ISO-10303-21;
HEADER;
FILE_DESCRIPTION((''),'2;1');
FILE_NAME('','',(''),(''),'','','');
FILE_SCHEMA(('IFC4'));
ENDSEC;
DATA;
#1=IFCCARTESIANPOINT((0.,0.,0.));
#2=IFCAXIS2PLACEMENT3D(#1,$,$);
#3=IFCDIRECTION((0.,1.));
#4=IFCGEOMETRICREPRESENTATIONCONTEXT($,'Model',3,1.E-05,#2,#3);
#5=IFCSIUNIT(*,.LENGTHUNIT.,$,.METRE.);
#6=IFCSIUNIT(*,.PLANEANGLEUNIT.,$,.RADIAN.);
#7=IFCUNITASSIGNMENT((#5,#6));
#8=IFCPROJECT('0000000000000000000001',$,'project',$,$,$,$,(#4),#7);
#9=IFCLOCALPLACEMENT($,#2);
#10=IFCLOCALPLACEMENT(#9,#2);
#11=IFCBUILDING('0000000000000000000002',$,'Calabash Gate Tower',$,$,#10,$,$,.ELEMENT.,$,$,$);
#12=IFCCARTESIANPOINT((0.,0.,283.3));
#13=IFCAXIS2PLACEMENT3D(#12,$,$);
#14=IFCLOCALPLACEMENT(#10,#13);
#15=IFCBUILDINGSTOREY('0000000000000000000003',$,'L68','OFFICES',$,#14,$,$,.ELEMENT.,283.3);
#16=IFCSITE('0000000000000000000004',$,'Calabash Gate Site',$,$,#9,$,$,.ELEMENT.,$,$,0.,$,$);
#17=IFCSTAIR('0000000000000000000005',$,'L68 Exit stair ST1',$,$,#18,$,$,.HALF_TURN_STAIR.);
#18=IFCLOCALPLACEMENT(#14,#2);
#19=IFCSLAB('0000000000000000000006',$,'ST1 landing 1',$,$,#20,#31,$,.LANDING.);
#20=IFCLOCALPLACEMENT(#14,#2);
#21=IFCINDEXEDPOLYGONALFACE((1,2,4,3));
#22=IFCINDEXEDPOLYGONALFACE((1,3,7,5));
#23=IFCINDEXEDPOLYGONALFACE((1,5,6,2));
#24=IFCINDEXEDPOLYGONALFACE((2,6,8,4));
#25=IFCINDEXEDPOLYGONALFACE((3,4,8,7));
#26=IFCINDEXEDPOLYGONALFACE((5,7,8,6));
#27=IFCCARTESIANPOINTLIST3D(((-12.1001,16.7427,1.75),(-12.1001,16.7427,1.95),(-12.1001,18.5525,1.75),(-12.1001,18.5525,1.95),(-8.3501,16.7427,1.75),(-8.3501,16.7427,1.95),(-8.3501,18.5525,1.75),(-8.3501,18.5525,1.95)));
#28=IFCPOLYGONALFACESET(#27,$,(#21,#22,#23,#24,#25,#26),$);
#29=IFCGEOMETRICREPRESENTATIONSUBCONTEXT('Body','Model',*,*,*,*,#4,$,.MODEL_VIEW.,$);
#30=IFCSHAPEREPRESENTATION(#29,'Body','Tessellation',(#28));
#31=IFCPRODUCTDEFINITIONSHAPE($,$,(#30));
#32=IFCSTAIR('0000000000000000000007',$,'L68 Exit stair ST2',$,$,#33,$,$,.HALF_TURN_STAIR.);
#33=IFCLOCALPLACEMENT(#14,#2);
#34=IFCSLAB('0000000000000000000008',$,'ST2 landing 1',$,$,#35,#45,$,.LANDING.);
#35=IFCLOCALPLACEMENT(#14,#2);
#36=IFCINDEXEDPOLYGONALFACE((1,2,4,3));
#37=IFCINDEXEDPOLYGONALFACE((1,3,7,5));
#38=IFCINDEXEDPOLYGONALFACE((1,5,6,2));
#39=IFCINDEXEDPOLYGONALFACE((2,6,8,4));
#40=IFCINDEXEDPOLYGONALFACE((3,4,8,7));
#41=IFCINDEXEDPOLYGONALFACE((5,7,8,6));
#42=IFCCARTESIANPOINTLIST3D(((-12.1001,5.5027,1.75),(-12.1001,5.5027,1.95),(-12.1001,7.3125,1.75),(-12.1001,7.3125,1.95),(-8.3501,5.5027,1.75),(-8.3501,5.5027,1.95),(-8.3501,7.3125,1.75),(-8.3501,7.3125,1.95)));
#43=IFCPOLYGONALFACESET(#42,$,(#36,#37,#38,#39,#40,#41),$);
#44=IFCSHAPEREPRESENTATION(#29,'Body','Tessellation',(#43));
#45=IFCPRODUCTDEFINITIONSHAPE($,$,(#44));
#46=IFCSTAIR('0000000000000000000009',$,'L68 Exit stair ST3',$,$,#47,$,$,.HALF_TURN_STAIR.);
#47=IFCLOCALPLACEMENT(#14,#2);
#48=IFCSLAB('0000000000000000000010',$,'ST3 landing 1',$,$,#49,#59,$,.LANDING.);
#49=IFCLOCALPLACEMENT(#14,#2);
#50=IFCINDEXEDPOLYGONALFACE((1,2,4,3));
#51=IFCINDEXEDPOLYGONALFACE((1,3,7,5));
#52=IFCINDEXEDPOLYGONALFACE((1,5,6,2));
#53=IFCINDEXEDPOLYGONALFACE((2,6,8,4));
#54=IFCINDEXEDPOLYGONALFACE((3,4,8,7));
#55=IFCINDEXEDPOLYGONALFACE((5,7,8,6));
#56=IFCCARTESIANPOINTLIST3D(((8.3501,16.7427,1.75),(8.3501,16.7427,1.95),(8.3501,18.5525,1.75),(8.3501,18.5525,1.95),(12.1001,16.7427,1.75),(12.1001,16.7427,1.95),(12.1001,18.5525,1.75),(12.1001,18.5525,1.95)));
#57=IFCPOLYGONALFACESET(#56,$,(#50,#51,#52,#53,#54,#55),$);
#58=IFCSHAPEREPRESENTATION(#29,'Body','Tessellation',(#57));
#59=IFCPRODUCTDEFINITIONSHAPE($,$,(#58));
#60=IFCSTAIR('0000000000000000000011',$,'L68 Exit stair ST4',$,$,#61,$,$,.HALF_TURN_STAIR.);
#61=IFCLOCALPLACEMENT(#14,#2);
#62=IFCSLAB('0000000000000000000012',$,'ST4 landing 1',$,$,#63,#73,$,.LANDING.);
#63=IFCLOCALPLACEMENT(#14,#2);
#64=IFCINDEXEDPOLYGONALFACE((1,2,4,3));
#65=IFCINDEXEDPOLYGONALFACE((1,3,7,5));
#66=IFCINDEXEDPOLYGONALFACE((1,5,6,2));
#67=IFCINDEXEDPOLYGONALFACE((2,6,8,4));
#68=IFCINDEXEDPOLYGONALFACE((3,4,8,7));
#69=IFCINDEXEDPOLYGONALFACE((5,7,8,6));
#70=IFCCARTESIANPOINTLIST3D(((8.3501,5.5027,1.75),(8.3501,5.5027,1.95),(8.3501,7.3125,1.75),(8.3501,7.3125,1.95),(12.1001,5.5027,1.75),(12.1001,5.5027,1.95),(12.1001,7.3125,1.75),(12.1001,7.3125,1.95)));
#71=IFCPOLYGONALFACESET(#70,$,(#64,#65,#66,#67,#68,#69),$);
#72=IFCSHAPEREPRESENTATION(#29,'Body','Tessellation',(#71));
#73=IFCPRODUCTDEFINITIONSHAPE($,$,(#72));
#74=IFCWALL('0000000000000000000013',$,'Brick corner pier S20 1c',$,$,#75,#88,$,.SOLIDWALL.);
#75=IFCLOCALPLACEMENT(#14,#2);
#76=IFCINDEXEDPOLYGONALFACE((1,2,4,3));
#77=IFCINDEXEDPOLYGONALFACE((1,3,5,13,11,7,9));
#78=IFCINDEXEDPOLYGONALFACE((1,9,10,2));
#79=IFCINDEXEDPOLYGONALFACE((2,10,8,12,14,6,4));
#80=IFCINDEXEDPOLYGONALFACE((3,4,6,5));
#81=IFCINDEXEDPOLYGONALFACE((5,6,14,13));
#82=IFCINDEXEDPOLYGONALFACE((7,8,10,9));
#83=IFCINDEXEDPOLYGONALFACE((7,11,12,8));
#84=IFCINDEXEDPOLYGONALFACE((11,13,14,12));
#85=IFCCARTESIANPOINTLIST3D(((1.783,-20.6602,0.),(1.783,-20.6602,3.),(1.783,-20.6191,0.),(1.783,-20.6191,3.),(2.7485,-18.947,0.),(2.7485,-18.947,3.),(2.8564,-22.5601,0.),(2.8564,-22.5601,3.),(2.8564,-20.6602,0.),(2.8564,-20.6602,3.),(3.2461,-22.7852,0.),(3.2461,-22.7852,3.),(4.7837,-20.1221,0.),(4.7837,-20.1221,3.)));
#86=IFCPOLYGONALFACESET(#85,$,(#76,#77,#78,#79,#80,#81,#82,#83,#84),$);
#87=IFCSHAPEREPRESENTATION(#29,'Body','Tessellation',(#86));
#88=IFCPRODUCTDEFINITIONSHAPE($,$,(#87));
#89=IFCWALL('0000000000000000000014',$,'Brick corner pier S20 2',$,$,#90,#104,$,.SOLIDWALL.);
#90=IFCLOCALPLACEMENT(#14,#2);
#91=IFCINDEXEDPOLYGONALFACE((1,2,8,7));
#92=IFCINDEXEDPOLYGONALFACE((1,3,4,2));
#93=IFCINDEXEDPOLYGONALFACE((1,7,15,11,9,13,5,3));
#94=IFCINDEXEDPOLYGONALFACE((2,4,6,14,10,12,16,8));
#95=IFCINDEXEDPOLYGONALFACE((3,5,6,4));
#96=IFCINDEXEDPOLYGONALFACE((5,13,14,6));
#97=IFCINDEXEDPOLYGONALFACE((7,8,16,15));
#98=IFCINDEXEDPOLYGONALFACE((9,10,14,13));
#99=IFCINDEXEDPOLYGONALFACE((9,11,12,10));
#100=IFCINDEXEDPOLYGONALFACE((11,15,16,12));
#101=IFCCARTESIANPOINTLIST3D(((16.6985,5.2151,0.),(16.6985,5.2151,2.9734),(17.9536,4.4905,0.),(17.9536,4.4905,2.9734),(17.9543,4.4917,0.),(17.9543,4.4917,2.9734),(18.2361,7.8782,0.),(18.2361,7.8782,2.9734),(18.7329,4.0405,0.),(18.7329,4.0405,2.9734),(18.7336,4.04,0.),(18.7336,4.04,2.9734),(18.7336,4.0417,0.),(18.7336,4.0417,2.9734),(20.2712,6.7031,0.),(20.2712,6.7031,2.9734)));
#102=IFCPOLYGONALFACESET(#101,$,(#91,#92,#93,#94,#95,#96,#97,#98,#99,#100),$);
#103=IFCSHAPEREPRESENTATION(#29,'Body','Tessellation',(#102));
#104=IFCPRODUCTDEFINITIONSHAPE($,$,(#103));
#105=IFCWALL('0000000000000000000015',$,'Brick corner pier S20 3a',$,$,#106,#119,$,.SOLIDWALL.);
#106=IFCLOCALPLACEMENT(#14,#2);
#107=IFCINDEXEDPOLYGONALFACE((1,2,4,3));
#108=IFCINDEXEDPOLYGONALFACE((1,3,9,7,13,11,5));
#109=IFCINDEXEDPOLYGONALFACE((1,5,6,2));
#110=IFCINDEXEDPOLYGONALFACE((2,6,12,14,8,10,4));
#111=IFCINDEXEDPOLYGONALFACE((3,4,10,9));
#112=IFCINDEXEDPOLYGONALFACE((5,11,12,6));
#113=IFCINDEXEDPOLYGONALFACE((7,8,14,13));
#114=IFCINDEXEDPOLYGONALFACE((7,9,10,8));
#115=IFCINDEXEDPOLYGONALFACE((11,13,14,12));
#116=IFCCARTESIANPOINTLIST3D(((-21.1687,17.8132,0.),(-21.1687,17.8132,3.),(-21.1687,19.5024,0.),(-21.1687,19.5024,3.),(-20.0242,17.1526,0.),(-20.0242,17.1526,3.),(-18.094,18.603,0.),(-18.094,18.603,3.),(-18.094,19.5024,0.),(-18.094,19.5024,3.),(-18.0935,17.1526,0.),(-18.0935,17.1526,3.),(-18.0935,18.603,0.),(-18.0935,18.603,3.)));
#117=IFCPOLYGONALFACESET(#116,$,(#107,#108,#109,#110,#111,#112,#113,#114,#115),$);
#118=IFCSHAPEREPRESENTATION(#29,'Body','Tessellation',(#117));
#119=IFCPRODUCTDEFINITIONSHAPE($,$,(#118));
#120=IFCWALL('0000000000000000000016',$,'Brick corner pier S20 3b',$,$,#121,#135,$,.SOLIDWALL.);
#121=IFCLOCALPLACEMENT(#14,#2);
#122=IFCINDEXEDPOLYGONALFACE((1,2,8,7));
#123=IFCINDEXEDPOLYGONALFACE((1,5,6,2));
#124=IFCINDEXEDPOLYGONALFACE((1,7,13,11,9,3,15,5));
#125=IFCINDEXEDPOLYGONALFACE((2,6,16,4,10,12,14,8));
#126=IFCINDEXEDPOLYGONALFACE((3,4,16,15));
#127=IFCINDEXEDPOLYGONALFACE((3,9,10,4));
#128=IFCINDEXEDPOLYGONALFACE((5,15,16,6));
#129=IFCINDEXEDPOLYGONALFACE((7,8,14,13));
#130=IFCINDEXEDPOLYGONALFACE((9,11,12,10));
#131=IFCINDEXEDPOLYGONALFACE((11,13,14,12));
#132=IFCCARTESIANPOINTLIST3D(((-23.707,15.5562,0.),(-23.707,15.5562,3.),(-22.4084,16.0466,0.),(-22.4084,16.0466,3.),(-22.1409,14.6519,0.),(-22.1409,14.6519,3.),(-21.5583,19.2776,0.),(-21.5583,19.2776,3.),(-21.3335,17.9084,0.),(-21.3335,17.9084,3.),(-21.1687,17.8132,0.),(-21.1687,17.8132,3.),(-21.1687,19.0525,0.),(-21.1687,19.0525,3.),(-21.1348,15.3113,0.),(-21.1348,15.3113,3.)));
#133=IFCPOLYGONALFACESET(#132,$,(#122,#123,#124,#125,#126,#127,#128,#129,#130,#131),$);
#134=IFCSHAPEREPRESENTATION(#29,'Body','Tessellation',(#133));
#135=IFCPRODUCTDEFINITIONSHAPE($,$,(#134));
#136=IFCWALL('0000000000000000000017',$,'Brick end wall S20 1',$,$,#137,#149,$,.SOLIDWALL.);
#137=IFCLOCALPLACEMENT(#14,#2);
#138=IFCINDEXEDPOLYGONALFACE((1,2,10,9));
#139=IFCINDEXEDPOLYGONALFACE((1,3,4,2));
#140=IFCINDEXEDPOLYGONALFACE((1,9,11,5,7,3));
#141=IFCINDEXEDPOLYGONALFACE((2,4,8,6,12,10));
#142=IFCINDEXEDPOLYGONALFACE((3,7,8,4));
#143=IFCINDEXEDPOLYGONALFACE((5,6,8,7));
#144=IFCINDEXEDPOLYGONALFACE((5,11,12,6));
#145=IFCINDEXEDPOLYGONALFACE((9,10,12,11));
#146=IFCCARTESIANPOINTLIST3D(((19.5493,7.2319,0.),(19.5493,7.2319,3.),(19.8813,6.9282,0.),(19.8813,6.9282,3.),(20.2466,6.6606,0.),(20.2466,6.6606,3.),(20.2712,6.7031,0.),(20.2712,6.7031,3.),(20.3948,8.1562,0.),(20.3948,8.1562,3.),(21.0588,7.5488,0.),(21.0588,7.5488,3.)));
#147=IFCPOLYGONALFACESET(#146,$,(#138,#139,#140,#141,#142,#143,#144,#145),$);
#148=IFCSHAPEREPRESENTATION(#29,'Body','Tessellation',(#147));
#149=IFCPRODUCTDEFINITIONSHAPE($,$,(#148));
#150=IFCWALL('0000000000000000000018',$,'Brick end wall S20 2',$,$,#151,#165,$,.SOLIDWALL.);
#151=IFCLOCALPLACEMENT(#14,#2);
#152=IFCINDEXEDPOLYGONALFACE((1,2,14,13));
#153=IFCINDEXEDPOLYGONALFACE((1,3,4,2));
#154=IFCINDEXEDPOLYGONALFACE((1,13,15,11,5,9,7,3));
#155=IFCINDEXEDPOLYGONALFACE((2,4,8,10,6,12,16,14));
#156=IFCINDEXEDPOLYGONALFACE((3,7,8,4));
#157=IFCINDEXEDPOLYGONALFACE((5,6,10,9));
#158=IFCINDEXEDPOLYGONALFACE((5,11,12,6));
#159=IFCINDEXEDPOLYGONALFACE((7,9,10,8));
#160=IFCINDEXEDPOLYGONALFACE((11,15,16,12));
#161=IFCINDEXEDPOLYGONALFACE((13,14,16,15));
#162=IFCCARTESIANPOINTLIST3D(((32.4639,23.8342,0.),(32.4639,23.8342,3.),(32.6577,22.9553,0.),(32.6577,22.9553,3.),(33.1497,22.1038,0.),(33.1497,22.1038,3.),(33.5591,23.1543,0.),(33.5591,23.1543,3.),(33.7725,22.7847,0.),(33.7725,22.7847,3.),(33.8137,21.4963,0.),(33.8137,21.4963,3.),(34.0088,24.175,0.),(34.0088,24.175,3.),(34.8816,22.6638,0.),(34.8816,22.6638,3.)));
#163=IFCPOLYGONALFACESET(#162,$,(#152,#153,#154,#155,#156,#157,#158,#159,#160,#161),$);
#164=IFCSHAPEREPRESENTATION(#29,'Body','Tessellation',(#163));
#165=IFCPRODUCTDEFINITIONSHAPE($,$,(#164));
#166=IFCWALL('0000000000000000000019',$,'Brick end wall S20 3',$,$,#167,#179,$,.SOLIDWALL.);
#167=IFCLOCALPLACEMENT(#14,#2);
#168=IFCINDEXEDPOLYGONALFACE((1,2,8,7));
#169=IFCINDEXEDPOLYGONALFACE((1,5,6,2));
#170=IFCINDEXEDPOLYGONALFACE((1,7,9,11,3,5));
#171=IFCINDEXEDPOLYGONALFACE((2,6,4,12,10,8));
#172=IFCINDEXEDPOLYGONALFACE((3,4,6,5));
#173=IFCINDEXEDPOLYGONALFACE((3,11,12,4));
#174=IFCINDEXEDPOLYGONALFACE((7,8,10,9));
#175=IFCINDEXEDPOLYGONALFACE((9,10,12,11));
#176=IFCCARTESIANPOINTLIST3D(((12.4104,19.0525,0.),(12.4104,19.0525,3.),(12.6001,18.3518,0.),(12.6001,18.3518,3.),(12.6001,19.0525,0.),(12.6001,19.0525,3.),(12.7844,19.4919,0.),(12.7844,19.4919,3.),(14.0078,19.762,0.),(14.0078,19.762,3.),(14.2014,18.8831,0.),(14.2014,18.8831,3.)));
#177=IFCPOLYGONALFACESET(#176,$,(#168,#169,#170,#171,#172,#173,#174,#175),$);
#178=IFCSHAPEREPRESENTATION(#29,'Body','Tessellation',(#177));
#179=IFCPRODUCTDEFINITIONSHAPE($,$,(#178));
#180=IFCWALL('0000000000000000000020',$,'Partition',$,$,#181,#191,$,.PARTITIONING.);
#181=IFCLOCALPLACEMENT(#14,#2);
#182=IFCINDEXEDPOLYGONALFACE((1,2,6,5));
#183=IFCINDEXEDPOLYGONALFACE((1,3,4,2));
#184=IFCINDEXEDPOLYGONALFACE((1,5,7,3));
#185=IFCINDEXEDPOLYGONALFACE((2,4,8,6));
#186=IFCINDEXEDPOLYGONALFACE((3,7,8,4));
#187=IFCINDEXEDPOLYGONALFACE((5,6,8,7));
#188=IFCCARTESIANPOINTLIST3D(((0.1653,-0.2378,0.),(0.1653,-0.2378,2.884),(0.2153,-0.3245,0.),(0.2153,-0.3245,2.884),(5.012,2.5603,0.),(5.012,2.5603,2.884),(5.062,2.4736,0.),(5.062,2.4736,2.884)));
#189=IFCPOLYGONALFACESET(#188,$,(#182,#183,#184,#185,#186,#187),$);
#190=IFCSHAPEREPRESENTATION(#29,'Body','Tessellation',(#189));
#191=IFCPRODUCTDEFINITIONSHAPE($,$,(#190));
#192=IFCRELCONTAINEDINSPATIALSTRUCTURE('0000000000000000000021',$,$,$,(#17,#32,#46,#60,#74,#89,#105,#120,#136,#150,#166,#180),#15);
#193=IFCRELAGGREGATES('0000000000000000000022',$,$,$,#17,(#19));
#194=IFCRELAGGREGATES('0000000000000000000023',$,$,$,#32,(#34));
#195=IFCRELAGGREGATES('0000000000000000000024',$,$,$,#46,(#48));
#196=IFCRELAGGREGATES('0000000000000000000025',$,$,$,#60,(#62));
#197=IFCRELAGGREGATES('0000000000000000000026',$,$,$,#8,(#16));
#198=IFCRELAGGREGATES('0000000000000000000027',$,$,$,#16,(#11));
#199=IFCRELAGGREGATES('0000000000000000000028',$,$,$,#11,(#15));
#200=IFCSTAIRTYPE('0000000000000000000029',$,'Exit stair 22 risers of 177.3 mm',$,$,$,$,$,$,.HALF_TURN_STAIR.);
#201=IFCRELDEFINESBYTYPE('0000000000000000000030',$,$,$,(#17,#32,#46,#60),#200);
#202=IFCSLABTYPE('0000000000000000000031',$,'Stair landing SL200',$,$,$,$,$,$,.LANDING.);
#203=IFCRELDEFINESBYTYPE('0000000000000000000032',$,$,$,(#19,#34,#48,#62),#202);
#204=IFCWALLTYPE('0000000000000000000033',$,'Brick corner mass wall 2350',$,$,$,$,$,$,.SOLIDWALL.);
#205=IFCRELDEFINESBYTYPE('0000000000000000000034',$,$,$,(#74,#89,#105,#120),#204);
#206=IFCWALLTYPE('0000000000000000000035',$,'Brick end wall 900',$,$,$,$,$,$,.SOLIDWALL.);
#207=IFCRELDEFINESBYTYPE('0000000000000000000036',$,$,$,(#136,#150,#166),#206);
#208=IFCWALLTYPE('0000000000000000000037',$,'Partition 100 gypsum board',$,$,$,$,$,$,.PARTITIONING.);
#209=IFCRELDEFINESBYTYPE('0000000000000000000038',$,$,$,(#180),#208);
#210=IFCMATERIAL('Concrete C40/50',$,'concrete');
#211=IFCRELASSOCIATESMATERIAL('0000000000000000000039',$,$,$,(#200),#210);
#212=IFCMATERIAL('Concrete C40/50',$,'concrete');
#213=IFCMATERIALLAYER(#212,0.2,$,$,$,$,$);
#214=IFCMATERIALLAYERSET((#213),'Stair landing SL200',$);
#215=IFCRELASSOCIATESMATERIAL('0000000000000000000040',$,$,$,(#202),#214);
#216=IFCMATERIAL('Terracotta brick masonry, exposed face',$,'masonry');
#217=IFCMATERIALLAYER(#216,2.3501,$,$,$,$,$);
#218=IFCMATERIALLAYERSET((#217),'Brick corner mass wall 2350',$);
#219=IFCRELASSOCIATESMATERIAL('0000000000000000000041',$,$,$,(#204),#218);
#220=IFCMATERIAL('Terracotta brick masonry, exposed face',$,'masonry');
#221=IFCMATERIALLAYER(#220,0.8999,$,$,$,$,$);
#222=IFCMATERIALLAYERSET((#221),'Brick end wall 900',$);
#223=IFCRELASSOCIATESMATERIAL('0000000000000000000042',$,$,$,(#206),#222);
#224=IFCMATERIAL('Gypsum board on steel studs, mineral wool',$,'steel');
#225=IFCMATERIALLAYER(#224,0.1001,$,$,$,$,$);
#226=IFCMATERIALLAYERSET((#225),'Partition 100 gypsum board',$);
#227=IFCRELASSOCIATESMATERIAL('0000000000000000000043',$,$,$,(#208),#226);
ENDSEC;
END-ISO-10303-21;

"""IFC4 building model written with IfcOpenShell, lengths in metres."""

from ifc_helpers import new_model, si_unit, direction, frame, frame_2d, origin, place, context, subcontext, project, spatial, polyline, rectangle, outline, extrude, material, layer, layer_set, type_object, element, aggregate, save


model = new_model("IFC4")

# Units and contexts
model_context = context("Model", 3, precision=1e-05, world=origin(), true_north=direction((0.0, 1.0)))
body_context = subcontext(model_context, "Body", "Model", "MODEL_VIEW")
ifc_project = project(units=[si_unit("LENGTHUNIT", "METRE"), si_unit("PLANEANGLEUNIT", "RADIAN")], contexts=[model_context])

# Site, building, storey
site_placement = place(None, origin())
site = spatial("IfcSite", under=ifc_project, at=site_placement, Name="Calabash Gate Site", CompositionType="ELEMENT", RefElevation=0.0)
building_placement = place(site_placement, origin())
building = spatial("IfcBuilding", under=site, at=building_placement, Name="Calabash Gate Tower", CompositionType="ELEMENT")
storey_placement = place(building_placement, frame((0.0, 0.0, 283.3)))
storey = spatial("IfcBuildingStorey", under=building, at=storey_placement, Name="L68", Description="OFFICES", CompositionType="ELEMENT", Elevation=283.3)

# Stairs, slabs
ifc_material_1 = material(Name="Concrete C40/50", Category="concrete")
stair_type = type_object("IfcStairType", Name="Exit stair 22 risers of 177.3 mm", PredefinedType="HALF_TURN_STAIR", material=ifc_material_1)
stair_1_placement = place(storey_placement, origin())
stair_1 = element("IfcStair", 1, at=stair_1_placement, inside=storey, type_object=stair_type, Name="L68 Exit stair ST1", PredefinedType="HALF_TURN_STAIR")
ifc_material_2 = material(Name="Concrete C40/50", Category="concrete")
ifc_layer_1 = layer(ifc_material_2, 0.2)
ifc_layer_set_1 = layer_set([ifc_layer_1], Name="Stair landing SL200")
slab_type = type_object("IfcSlabType", Name="Stair landing SL200", PredefinedType="LANDING", material=ifc_layer_set_1)
slab_1_placement = place(storey_placement, frame((0.0, 0.0, 1.75)))
slab_1 = element("IfcSlab", 2, at=slab_1_placement, type_object=slab_type, Name="ST1 landing 1", PredefinedType="LANDING", context=body_context, shape_type="SweptSolid", body=[
    extrude(outline(polyline([(-8.3501, 16.7427), (-8.3501, 18.5525), (-12.1001, 18.5525), (-12.1001, 16.7427), (-8.3501, 16.7427)])), origin(), (0.0, 0.0, 1.0), 0.2),
])
aggregate(stair_1, [slab_1])
stair_2_placement = place(storey_placement, origin())
stair_2 = element("IfcStair", 3, at=stair_2_placement, inside=storey, type_object=stair_type, Name="L68 Exit stair ST2", PredefinedType="HALF_TURN_STAIR")
slab_2_placement = place(storey_placement, frame((0.0, 0.0, 1.75)))
slab_2 = element("IfcSlab", 4, at=slab_2_placement, type_object=slab_type, Name="ST2 landing 1", PredefinedType="LANDING", context=body_context, shape_type="SweptSolid", body=[
    extrude(outline(polyline([(-12.1001, 7.3125), (-12.1001, 5.5027), (-8.3501, 5.5027), (-8.3501, 7.3125), (-12.1001, 7.3125)])), origin(), (0.0, 0.0, 1.0), 0.2),
])
aggregate(stair_2, [slab_2])
stair_3_placement = place(storey_placement, origin())
stair_3 = element("IfcStair", 5, at=stair_3_placement, inside=storey, type_object=stair_type, Name="L68 Exit stair ST3", PredefinedType="HALF_TURN_STAIR")
slab_3_placement = place(storey_placement, frame((0.0, 0.0, 1.75)))
slab_3 = element("IfcSlab", 6, at=slab_3_placement, type_object=slab_type, Name="ST3 landing 1", PredefinedType="LANDING", context=body_context, shape_type="SweptSolid", body=[
    extrude(outline(polyline([(12.1001, 16.7427), (12.1001, 18.5525), (8.3501, 18.5525), (8.3501, 16.7427), (12.1001, 16.7427)])), origin(), (0.0, 0.0, 1.0), 0.2),
])
aggregate(stair_3, [slab_3])
stair_4_placement = place(storey_placement, origin())
stair_4 = element("IfcStair", 7, at=stair_4_placement, inside=storey, type_object=stair_type, Name="L68 Exit stair ST4", PredefinedType="HALF_TURN_STAIR")
slab_4_placement = place(storey_placement, frame((0.0, 0.0, 1.75)))
slab_4 = element("IfcSlab", 8, at=slab_4_placement, type_object=slab_type, Name="ST4 landing 1", PredefinedType="LANDING", context=body_context, shape_type="SweptSolid", body=[
    extrude(outline(polyline([(8.3501, 7.3125), (8.3501, 5.5027), (12.1001, 5.5027), (12.1001, 7.3125), (8.3501, 7.3125)])), origin(), (0.0, 0.0, 1.0), 0.2),
])
aggregate(stair_4, [slab_4])

# Walls
ifc_material_3 = material(Name="Terracotta brick masonry, exposed face", Category="masonry")
ifc_layer_2 = layer(ifc_material_3, 2.3501)
ifc_layer_set_2 = layer_set([ifc_layer_2], Name="Brick corner mass wall 2350")
wall_type_1 = type_object("IfcWallType", Name="Brick corner mass wall 2350", PredefinedType="SOLIDWALL", material=ifc_layer_set_2)
wall_1_placement = place(storey_placement, origin())
element("IfcWall", 9, at=wall_1_placement, inside=storey, type_object=wall_type_1, Name="Brick corner pier S20 1c", PredefinedType="SOLIDWALL", context=body_context, shape_type="SweptSolid", body=[
    extrude(outline(polyline([(1.783, -20.6191), (1.783, -20.6602), (2.8564, -20.6602), (2.8564, -22.5601), (3.2461, -22.7852), (4.7837, -20.1221), (2.7485, -18.947), (1.783, -20.6191)])), origin(), (0.0, 0.0, 1.0), 3.0),
])
wall_2_placement = place(storey_placement, origin())
element("IfcWall", 10, at=wall_2_placement, inside=storey, type_object=wall_type_1, Name="Brick corner pier S20 2", PredefinedType="SOLIDWALL", context=body_context, shape_type="SweptSolid", body=[
    extrude(outline(polyline([(18.7336, 4.0417), (18.7329, 4.0405), (18.7336, 4.04), (20.2712, 6.7031), (18.2361, 7.8782), (16.6985, 5.2151), (17.9536, 4.4905), (17.9543, 4.4917), (18.7336, 4.0417)])), origin(), (0.0, 0.0, 1.0), 2.9734),
])
wall_3_placement = place(storey_placement, origin())
element("IfcWall", 11, at=wall_3_placement, inside=storey, type_object=wall_type_1, Name="Brick corner pier S20 3a", PredefinedType="SOLIDWALL", context=body_context, shape_type="SweptSolid", body=[
    extrude(outline(polyline([(-20.0242, 17.1526), (-18.0935, 17.1526), (-18.0935, 18.603), (-18.094, 18.603), (-18.094, 19.5024), (-21.1687, 19.5024), (-21.1687, 17.8132), (-20.0242, 17.1526)])), origin(), (0.0, 0.0, 1.0), 3.0),
])
wall_4_placement = place(storey_placement, origin())
element("IfcWall", 12, at=wall_4_placement, inside=storey, type_object=wall_type_1, Name="Brick corner pier S20 3b", PredefinedType="SOLIDWALL", context=body_context, shape_type="SweptSolid", body=[
    extrude(outline(polyline([(-21.3335, 17.9084), (-21.1687, 17.8132), (-21.1687, 19.0525), (-21.5583, 19.2776), (-23.707, 15.5562), (-22.1409, 14.6519), (-21.1348, 15.3113), (-22.4084, 16.0466), (-21.3335, 17.9084)])), origin(), (0.0, 0.0, 1.0), 3.0),
])
ifc_material_4 = material(Name="Terracotta brick masonry, exposed face", Category="masonry")
ifc_layer_3 = layer(ifc_material_4, 0.8999)
ifc_layer_set_3 = layer_set([ifc_layer_3], Name="Brick end wall 900")
wall_type_2 = type_object("IfcWallType", Name="Brick end wall 900", PredefinedType="SOLIDWALL", material=ifc_layer_set_3)
wall_5_placement = place(storey_placement, origin())
element("IfcWall", 13, at=wall_5_placement, inside=storey, type_object=wall_type_2, Name="Brick end wall S20 1", PredefinedType="SOLIDWALL", context=body_context, shape_type="SweptSolid", body=[
    extrude(outline(polyline([(20.3948, 8.1562), (19.5493, 7.2319), (19.8813, 6.9282), (20.2712, 6.7031), (20.2466, 6.6606), (21.0588, 7.5488), (20.3948, 8.1562)])), origin(), (0.0, 0.0, 1.0), 3.0),
])
wall_6_placement = place(storey_placement, origin())
element("IfcWall", 14, at=wall_6_placement, inside=storey, type_object=wall_type_2, Name="Brick end wall S20 2", PredefinedType="SOLIDWALL", context=body_context, shape_type="SweptSolid", body=[
    extrude(outline(polyline([(33.8137, 21.4963), (34.8816, 22.6638), (34.0088, 24.175), (32.4639, 23.8342), (32.6577, 22.9553), (33.5591, 23.1543), (33.7725, 22.7847), (33.1497, 22.1038), (33.8137, 21.4963)])), origin(), (0.0, 0.0, 1.0), 3.0),
])
wall_7_placement = place(storey_placement, origin())
element("IfcWall", 15, at=wall_7_placement, inside=storey, type_object=wall_type_2, Name="Brick end wall S20 3", PredefinedType="SOLIDWALL", context=body_context, shape_type="SweptSolid", body=[
    extrude(outline(polyline([(14.2014, 18.8831), (14.0078, 19.762), (12.7844, 19.4919), (12.4104, 19.0525), (12.6001, 19.0525), (12.6001, 18.3518), (14.2014, 18.8831)])), origin(), (0.0, 0.0, 1.0), 3.0),
])
ifc_material_5 = material(Name="Gypsum board on steel studs, mineral wool", Category="steel")
ifc_layer_4 = layer(ifc_material_5, 0.1001)
ifc_layer_set_4 = layer_set([ifc_layer_4], Name="Partition 100 gypsum board")
wall_type_3 = type_object("IfcWallType", Name="Partition 100 gypsum board", PredefinedType="PARTITIONING", material=ifc_layer_set_4)
wall_8_placement = place(storey_placement, frame((0.1902, -0.2812, 0.0), z_axis=(0.0, 0.0, 1.0), x_axis=(0.866036, 0.499982, 0.0)))
element("IfcWall", 16, at=wall_8_placement, inside=storey, type_object=wall_type_3, Name="Partition", PredefinedType="PARTITIONING", context=body_context, shape_type="SweptSolid", body=[
    extrude(rectangle(XDim=5.5964, YDim=0.1001, at=frame_2d((2.7983, 0.0))), origin(), (0.0, 0.0, 1.0), 2.884),
])

save(model, "model.ifc")
